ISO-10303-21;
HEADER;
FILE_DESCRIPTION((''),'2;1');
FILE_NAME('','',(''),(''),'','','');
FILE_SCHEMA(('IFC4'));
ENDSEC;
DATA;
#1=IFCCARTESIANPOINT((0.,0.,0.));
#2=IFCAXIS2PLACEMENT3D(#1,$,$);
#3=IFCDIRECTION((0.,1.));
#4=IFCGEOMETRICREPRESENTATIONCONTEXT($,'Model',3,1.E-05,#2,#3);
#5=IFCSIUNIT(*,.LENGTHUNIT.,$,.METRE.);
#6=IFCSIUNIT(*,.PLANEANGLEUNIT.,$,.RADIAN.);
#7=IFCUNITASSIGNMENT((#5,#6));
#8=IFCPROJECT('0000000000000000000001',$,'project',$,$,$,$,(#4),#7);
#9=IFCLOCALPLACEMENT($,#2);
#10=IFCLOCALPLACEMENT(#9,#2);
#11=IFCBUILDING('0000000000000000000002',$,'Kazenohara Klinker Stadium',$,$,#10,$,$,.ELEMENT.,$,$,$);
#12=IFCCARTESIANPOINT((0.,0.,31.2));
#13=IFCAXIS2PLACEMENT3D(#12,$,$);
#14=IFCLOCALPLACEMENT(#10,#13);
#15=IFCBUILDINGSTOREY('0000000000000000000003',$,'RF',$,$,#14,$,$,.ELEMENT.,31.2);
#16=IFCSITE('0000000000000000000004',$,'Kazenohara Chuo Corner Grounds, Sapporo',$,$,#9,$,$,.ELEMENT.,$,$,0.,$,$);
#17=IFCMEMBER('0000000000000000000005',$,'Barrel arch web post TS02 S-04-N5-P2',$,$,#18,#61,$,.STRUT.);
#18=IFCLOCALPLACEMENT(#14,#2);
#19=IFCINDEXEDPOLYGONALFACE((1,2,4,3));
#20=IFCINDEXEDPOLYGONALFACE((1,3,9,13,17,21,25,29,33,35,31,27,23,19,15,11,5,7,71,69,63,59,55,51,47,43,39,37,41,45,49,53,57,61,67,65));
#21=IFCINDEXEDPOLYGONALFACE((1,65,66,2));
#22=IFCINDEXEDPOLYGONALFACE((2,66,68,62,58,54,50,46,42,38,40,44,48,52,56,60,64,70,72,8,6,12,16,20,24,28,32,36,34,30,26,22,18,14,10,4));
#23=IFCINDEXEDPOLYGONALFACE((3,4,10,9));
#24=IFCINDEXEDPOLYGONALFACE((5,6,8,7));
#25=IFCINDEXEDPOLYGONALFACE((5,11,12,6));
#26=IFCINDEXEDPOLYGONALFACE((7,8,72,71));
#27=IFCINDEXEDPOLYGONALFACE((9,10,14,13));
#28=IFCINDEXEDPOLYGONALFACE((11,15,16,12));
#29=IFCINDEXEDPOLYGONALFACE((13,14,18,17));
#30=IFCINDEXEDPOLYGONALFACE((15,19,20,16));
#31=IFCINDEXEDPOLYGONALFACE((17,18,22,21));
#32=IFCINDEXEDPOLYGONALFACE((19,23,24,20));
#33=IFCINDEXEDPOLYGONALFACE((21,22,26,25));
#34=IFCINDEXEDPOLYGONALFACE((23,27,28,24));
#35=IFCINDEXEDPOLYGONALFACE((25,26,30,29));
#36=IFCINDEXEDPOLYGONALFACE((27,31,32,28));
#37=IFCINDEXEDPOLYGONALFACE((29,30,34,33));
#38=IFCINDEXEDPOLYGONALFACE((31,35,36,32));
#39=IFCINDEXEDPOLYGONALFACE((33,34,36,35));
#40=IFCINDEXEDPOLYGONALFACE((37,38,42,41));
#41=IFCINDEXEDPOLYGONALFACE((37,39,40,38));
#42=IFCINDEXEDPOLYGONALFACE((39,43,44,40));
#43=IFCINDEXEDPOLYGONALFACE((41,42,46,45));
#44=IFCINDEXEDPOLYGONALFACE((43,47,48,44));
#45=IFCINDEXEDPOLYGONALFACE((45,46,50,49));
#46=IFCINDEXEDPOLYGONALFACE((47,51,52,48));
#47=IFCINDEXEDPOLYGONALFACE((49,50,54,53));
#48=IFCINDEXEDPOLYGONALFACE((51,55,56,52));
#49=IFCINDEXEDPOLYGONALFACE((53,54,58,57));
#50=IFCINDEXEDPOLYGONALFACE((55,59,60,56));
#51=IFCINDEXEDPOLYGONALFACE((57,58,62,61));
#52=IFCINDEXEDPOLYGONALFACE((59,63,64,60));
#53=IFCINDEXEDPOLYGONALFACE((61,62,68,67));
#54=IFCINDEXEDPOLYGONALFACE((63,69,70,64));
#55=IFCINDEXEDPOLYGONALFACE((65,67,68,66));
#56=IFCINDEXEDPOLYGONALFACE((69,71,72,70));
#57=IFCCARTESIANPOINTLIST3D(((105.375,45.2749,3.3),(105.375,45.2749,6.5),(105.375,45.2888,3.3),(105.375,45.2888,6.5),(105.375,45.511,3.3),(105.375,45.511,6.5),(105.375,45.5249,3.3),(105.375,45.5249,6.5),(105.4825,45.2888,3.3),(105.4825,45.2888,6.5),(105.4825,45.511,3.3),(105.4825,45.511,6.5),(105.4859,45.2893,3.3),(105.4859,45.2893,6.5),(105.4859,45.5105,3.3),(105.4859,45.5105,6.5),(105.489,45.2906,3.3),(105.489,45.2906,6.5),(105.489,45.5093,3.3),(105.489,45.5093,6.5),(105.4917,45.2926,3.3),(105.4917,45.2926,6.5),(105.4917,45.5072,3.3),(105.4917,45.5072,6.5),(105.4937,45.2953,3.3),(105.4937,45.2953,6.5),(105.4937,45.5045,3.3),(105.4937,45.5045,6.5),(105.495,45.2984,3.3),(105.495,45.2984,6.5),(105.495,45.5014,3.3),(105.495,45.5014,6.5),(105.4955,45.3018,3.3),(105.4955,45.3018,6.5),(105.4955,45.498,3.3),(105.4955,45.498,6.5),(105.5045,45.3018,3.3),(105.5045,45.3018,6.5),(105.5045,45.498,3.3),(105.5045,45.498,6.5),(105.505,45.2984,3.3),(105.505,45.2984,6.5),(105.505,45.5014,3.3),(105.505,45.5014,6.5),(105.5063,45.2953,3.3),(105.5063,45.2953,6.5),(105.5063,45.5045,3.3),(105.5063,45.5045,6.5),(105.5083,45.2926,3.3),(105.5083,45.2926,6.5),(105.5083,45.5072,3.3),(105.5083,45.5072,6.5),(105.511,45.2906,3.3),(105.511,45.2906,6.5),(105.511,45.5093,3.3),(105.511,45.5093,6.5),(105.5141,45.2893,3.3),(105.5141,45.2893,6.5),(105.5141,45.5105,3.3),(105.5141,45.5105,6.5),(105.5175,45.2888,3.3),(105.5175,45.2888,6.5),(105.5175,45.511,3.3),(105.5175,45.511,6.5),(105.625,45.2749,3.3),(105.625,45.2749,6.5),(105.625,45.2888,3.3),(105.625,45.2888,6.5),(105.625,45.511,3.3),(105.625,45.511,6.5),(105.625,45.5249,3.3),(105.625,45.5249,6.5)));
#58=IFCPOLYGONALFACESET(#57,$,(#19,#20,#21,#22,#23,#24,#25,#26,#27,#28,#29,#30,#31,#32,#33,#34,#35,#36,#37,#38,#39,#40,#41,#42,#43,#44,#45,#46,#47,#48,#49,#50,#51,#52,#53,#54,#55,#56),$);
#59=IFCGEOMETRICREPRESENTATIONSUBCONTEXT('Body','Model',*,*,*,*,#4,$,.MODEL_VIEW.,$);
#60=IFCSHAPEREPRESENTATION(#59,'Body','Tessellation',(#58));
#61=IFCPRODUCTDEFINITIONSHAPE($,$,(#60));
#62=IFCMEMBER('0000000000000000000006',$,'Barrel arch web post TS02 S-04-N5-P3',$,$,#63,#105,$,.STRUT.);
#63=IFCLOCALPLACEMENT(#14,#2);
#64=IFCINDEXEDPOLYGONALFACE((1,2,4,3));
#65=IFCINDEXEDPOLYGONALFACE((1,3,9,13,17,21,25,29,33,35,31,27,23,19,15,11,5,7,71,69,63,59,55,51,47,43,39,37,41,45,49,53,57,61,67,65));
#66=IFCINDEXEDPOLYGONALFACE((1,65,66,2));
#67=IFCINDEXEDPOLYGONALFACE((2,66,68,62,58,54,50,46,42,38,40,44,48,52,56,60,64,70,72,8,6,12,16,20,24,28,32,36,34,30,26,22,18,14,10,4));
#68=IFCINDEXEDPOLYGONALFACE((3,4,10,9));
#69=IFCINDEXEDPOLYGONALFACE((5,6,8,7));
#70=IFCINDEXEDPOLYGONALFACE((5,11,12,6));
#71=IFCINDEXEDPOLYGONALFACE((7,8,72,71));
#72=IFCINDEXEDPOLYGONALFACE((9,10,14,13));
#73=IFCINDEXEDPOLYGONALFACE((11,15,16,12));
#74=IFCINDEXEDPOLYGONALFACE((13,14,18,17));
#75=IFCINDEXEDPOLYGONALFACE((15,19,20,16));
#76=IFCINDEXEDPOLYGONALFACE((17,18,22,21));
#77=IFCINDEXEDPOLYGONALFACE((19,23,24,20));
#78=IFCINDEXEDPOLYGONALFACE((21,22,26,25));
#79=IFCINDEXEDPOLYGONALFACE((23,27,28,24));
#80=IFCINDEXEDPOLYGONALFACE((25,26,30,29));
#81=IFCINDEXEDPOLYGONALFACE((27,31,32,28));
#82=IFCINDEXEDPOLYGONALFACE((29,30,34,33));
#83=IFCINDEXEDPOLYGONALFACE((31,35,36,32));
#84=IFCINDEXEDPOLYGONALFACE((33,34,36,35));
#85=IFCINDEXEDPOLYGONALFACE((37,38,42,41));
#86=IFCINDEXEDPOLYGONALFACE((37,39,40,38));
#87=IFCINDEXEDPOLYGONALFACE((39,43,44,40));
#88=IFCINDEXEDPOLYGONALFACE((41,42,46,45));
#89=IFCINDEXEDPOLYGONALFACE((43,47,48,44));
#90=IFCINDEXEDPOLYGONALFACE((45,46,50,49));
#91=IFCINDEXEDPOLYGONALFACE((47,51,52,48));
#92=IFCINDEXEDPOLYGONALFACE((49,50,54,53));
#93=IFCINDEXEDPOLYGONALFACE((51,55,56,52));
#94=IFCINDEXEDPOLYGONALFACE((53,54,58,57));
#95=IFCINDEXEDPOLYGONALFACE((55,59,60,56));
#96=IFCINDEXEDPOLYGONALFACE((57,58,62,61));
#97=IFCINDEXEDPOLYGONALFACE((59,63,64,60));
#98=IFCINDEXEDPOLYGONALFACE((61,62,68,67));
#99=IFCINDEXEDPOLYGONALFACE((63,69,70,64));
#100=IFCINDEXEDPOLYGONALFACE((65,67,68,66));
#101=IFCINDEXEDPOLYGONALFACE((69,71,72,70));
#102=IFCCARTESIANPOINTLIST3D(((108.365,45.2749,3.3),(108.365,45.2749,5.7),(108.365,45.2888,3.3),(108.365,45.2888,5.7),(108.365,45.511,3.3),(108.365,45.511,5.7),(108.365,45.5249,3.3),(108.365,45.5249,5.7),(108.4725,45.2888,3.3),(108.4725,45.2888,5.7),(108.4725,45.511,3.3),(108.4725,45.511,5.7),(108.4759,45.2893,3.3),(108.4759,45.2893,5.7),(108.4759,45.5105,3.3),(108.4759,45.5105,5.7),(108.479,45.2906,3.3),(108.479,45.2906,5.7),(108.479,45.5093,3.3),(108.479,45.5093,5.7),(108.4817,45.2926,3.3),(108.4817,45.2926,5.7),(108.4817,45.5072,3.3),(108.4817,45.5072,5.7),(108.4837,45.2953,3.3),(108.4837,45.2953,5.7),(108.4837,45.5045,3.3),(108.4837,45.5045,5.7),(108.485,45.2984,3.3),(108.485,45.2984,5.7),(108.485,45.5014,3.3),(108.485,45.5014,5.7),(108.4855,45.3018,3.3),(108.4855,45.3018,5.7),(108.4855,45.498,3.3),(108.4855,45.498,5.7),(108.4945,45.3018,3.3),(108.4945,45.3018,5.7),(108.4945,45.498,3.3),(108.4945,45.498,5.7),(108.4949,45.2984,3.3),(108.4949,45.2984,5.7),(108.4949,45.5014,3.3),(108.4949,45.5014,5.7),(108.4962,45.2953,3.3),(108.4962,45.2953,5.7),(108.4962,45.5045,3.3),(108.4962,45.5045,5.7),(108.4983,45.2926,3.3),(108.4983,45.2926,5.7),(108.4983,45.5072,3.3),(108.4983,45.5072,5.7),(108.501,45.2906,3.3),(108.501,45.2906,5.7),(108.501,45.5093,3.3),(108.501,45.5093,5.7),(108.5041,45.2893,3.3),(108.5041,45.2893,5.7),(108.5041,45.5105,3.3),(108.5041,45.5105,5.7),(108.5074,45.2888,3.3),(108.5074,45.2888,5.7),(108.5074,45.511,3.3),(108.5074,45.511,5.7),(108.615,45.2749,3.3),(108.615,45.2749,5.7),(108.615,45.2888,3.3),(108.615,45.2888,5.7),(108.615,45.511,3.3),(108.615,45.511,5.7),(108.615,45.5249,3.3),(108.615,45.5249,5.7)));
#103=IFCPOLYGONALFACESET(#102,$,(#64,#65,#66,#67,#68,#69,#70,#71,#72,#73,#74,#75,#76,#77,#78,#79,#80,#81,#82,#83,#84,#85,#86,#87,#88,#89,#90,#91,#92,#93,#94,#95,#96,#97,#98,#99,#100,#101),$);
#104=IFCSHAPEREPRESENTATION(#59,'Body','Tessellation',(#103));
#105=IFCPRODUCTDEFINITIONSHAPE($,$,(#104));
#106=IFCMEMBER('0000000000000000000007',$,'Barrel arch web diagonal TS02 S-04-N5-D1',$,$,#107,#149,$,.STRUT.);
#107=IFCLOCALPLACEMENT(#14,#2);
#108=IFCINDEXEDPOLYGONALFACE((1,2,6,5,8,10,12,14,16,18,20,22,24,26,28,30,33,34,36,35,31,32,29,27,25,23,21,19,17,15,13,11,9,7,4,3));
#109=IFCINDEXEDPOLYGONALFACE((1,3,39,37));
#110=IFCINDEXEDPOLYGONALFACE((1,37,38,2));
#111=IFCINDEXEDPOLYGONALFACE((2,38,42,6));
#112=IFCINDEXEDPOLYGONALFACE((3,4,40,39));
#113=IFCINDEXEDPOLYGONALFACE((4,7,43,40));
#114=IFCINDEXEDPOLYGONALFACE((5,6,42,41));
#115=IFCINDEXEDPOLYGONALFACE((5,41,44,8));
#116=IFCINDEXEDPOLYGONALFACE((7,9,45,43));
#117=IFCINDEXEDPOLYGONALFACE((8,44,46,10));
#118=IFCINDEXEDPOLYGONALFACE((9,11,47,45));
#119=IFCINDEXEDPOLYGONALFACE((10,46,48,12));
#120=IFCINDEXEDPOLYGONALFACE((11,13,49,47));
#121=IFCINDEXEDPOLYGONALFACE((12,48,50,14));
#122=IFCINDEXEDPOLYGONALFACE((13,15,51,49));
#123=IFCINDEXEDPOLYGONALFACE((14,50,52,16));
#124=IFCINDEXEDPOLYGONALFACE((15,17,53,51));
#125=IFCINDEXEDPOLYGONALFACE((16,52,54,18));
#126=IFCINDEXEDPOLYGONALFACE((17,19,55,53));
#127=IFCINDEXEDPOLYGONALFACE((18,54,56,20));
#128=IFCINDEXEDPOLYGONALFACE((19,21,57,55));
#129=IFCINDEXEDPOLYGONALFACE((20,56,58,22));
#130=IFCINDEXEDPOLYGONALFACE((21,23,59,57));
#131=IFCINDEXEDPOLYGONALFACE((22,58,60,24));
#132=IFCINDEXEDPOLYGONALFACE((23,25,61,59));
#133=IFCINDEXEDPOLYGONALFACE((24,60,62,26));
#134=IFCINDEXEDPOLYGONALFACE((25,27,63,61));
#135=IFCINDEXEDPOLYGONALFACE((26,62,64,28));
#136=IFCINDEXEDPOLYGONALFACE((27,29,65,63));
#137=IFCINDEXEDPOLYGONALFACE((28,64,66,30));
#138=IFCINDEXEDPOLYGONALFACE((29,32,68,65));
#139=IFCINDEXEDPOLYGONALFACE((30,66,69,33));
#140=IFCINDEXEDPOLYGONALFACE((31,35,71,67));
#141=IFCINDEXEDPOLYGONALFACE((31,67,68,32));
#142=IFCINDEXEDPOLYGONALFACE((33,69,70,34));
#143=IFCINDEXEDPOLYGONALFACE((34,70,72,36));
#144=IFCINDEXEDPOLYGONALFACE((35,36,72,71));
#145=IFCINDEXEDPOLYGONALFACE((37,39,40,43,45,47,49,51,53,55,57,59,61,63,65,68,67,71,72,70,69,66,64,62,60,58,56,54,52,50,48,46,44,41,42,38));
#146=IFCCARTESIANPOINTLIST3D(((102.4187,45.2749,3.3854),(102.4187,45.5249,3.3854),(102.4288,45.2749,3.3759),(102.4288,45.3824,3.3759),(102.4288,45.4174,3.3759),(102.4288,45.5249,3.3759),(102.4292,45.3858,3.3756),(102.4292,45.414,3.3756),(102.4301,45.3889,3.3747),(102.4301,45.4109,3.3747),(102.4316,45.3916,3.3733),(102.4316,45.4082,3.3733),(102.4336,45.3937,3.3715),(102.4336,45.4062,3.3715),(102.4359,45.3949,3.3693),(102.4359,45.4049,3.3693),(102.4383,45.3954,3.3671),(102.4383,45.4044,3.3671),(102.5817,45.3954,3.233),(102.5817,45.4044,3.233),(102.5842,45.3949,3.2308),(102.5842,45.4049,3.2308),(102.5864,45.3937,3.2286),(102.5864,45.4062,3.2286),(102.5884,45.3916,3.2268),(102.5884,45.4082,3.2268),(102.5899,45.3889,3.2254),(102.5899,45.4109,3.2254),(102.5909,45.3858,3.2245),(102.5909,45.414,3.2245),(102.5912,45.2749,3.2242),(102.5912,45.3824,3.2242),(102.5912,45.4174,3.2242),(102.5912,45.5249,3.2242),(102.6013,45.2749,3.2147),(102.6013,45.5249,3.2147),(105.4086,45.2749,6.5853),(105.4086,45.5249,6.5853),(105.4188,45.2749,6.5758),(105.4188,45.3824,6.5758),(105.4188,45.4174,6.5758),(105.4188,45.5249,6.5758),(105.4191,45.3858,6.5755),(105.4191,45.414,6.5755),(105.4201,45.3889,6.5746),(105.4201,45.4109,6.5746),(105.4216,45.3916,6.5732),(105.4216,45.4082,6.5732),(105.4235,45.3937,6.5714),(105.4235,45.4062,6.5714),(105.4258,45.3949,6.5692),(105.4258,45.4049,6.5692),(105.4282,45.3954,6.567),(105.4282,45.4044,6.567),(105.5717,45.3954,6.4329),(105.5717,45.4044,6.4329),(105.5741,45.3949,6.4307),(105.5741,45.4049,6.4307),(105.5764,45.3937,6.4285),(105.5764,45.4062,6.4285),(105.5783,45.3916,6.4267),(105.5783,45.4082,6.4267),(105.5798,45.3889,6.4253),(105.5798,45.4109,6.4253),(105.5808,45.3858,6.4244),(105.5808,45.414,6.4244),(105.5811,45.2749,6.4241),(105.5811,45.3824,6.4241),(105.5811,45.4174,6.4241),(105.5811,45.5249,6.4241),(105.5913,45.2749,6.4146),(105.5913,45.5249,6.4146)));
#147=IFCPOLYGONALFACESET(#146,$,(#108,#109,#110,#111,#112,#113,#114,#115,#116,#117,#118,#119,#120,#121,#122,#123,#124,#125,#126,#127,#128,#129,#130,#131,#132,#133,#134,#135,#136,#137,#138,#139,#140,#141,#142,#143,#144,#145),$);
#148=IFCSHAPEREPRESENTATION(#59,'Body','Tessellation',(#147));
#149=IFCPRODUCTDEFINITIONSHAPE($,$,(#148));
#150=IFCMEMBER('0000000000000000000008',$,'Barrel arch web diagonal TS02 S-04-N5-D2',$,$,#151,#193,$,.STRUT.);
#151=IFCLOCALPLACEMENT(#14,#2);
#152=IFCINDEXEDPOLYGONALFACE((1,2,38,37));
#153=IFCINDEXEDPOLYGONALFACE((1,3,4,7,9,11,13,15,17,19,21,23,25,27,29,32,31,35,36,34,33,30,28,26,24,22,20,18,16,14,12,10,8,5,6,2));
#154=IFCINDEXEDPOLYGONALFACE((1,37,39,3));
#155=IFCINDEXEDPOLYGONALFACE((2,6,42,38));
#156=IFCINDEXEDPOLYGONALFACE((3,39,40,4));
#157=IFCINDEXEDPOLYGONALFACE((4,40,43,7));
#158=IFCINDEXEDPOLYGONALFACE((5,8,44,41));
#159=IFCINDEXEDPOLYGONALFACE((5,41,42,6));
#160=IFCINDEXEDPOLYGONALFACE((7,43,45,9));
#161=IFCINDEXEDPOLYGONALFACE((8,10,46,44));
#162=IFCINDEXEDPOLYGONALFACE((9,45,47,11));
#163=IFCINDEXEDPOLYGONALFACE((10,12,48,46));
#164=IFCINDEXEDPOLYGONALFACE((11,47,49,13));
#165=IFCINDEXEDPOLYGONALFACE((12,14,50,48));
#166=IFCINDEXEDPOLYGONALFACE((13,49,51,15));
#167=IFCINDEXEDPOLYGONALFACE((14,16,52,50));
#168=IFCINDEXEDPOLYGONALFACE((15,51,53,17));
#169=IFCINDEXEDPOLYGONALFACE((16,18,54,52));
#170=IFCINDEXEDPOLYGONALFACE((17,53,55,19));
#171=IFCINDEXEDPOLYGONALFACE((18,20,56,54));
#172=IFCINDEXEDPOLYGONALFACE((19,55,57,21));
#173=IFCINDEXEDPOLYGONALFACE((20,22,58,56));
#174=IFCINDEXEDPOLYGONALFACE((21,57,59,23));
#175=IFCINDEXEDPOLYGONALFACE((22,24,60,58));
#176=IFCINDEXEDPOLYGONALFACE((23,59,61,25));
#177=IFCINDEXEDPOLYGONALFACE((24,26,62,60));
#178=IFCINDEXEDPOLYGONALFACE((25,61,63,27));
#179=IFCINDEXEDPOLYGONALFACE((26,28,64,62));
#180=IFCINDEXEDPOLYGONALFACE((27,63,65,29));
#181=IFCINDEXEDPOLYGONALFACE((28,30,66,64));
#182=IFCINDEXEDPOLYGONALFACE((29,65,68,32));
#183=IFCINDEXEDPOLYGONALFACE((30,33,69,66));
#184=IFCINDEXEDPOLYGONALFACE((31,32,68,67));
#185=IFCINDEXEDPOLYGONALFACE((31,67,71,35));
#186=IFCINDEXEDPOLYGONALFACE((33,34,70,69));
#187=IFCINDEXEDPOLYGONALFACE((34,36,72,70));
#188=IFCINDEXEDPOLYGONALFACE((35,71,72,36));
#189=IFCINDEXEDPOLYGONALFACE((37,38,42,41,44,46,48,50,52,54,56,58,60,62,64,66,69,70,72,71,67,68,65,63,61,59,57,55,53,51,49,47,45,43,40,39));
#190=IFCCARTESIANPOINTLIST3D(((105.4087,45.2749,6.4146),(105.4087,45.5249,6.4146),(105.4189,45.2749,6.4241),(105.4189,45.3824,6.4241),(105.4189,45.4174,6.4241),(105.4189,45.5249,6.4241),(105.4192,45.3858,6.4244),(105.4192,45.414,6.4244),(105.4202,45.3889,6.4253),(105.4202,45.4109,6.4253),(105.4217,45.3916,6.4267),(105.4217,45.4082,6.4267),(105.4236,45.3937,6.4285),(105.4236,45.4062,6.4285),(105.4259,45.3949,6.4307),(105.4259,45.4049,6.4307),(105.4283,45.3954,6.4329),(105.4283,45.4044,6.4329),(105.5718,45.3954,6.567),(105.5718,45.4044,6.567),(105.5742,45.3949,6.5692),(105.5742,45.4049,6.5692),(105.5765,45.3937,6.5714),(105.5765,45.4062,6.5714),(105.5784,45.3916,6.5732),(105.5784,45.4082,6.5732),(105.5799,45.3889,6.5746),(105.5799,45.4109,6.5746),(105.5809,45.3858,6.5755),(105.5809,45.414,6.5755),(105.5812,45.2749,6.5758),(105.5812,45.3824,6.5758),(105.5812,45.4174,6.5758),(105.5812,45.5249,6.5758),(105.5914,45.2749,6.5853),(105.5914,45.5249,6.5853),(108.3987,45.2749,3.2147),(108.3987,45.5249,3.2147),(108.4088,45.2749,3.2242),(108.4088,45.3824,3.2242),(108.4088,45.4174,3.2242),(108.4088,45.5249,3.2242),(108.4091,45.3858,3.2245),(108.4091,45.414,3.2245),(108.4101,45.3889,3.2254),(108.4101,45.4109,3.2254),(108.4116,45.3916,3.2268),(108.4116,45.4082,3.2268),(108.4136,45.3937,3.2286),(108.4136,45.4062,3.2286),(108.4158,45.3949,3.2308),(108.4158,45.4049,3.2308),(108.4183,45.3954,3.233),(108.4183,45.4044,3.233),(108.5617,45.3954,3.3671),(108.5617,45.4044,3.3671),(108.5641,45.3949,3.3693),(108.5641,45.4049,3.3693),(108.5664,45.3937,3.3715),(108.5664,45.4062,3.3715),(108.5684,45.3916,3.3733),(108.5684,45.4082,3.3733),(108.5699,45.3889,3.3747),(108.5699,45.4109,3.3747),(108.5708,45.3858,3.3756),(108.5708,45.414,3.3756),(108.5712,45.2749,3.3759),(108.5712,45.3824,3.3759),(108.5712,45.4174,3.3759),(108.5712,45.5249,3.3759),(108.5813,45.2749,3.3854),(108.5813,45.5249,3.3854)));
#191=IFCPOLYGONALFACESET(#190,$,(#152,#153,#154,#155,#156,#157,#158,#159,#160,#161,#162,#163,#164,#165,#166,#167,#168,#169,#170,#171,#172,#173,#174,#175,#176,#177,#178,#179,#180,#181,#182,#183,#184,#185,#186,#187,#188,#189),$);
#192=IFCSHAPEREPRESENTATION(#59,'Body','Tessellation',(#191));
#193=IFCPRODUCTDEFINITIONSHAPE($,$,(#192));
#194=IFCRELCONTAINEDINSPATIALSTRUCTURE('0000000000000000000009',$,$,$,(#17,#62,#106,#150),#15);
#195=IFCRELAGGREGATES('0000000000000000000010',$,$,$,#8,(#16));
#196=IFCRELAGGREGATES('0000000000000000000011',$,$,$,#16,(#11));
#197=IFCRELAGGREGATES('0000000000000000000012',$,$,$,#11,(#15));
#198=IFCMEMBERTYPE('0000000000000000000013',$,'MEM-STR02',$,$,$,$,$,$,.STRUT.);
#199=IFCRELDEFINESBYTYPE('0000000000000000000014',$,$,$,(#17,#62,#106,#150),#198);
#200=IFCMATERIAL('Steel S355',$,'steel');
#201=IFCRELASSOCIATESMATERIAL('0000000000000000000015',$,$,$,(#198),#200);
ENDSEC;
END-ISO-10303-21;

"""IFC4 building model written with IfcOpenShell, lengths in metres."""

from ifc_helpers import new_model, si_unit, direction, frame, origin, origin_2d, place, context, subcontext, project, spatial, i_section, extrude, material, material_profile, profile_set, type_object, element, save


model = new_model("IFC4")

# Units and contexts
model_context = context("Model", 3, precision=1e-05, world=origin(), true_north=direction((0.0, 1.0)))
body_context = subcontext(model_context, "Body", "Model", "MODEL_VIEW")
ifc_project = project(units=[si_unit("LENGTHUNIT", "METRE"), si_unit("PLANEANGLEUNIT", "RADIAN")], contexts=[model_context])

# Site, building, storey
site_placement = place(None, origin())
site = spatial("IfcSite", under=ifc_project, at=site_placement, Name="Kazenohara Chuo Corner Grounds, Sapporo", CompositionType="ELEMENT", RefElevation=0.0)
building_placement = place(site_placement, origin())
building = spatial("IfcBuilding", under=site, at=building_placement, Name="Kazenohara Klinker Stadium", CompositionType="ELEMENT")
storey_placement = place(building_placement, frame((0.0, 0.0, 31.2)))
storey = spatial("IfcBuildingStorey", under=building, at=storey_placement, Name="RF", CompositionType="ELEMENT", Elevation=31.2)

# Members
ifc_material_1 = material(Name="Steel S355", Category="steel")
ifc_material_profile_1 = material_profile(ifc_material_1, i_section(OverallWidth=0.25, OverallDepth=0.25, WebThickness=0.009, FlangeThickness=0.0139, FilletRadius=0.0129, at=origin_2d()), Name="H-250x250x9x14")
ifc_profile_set_1 = profile_set([ifc_material_profile_1], Name="Steel S355")
member_type_1 = type_object("IfcMemberType", Name="MEM-STR02", PredefinedType="STRUT", material=ifc_profile_set_1)
member_1_placement = place(storey_placement, frame((105.5, 45.3999, 3.3), z_axis=(0.0, 0.0, 1.0), x_axis=(1.0, 0.0, 0.0)))
element("IfcMember", 1, at=member_1_placement, inside=storey, type_object=member_type_1, Name="Barrel arch web post TS02 S-04-N5-P2", PredefinedType="STRUT", context=body_context, shape_type="SweptSolid", body=[
    extrude(i_section(OverallWidth=0.25, OverallDepth=0.25, WebThickness=0.009, FlangeThickness=0.0139, FilletRadius=0.0129, at=origin_2d()), origin(), (0.0, 0.0, 1.0), 3.2),
])
member_2_placement = place(storey_placement, frame((108.49, 45.3999, 3.3), z_axis=(0.0, 0.0, 1.0), x_axis=(1.0, 0.0, 0.0)))
element("IfcMember", 2, at=member_2_placement, inside=storey, type_object=member_type_1, Name="Barrel arch web post TS02 S-04-N5-P3", PredefinedType="STRUT", context=body_context, shape_type="SweptSolid", body=[
    extrude(i_section(OverallWidth=0.25, OverallDepth=0.25, WebThickness=0.009, FlangeThickness=0.0139, FilletRadius=0.0129, at=origin_2d()), origin(), (0.0, 0.0, 1.0), 2.3999),
])
for number, where, z_axis, x_axis, name in (
    (3, (102.51, 45.3999, 3.3), (0.682729, 0.0, 0.730671), (0.0, 1.0, 0.0), "Barrel arch web diagonal TS02 S-04-N5-D1"),
    (4, (108.49, 45.3999, 3.3), (-0.682729, 0.0, 0.730671), (0.0, -1.0, 0.0), "Barrel arch web diagonal TS02 S-04-N5-D2"),
):
    element("IfcMember", number, at=place(storey_placement, frame(where, z_axis=z_axis, x_axis=x_axis)), inside=storey, type_object=member_type_1, Name=name, PredefinedType="STRUT", context=body_context, shape_type="SweptSolid", body=[
        extrude(i_section(OverallWidth=0.25, OverallDepth=0.25, WebThickness=0.009, FlangeThickness=0.0139, FilletRadius=0.0129, at=origin_2d()), origin(), (0.0, 0.0, 1.0), 4.3794),
    ])

save(model, "model.ifc")
